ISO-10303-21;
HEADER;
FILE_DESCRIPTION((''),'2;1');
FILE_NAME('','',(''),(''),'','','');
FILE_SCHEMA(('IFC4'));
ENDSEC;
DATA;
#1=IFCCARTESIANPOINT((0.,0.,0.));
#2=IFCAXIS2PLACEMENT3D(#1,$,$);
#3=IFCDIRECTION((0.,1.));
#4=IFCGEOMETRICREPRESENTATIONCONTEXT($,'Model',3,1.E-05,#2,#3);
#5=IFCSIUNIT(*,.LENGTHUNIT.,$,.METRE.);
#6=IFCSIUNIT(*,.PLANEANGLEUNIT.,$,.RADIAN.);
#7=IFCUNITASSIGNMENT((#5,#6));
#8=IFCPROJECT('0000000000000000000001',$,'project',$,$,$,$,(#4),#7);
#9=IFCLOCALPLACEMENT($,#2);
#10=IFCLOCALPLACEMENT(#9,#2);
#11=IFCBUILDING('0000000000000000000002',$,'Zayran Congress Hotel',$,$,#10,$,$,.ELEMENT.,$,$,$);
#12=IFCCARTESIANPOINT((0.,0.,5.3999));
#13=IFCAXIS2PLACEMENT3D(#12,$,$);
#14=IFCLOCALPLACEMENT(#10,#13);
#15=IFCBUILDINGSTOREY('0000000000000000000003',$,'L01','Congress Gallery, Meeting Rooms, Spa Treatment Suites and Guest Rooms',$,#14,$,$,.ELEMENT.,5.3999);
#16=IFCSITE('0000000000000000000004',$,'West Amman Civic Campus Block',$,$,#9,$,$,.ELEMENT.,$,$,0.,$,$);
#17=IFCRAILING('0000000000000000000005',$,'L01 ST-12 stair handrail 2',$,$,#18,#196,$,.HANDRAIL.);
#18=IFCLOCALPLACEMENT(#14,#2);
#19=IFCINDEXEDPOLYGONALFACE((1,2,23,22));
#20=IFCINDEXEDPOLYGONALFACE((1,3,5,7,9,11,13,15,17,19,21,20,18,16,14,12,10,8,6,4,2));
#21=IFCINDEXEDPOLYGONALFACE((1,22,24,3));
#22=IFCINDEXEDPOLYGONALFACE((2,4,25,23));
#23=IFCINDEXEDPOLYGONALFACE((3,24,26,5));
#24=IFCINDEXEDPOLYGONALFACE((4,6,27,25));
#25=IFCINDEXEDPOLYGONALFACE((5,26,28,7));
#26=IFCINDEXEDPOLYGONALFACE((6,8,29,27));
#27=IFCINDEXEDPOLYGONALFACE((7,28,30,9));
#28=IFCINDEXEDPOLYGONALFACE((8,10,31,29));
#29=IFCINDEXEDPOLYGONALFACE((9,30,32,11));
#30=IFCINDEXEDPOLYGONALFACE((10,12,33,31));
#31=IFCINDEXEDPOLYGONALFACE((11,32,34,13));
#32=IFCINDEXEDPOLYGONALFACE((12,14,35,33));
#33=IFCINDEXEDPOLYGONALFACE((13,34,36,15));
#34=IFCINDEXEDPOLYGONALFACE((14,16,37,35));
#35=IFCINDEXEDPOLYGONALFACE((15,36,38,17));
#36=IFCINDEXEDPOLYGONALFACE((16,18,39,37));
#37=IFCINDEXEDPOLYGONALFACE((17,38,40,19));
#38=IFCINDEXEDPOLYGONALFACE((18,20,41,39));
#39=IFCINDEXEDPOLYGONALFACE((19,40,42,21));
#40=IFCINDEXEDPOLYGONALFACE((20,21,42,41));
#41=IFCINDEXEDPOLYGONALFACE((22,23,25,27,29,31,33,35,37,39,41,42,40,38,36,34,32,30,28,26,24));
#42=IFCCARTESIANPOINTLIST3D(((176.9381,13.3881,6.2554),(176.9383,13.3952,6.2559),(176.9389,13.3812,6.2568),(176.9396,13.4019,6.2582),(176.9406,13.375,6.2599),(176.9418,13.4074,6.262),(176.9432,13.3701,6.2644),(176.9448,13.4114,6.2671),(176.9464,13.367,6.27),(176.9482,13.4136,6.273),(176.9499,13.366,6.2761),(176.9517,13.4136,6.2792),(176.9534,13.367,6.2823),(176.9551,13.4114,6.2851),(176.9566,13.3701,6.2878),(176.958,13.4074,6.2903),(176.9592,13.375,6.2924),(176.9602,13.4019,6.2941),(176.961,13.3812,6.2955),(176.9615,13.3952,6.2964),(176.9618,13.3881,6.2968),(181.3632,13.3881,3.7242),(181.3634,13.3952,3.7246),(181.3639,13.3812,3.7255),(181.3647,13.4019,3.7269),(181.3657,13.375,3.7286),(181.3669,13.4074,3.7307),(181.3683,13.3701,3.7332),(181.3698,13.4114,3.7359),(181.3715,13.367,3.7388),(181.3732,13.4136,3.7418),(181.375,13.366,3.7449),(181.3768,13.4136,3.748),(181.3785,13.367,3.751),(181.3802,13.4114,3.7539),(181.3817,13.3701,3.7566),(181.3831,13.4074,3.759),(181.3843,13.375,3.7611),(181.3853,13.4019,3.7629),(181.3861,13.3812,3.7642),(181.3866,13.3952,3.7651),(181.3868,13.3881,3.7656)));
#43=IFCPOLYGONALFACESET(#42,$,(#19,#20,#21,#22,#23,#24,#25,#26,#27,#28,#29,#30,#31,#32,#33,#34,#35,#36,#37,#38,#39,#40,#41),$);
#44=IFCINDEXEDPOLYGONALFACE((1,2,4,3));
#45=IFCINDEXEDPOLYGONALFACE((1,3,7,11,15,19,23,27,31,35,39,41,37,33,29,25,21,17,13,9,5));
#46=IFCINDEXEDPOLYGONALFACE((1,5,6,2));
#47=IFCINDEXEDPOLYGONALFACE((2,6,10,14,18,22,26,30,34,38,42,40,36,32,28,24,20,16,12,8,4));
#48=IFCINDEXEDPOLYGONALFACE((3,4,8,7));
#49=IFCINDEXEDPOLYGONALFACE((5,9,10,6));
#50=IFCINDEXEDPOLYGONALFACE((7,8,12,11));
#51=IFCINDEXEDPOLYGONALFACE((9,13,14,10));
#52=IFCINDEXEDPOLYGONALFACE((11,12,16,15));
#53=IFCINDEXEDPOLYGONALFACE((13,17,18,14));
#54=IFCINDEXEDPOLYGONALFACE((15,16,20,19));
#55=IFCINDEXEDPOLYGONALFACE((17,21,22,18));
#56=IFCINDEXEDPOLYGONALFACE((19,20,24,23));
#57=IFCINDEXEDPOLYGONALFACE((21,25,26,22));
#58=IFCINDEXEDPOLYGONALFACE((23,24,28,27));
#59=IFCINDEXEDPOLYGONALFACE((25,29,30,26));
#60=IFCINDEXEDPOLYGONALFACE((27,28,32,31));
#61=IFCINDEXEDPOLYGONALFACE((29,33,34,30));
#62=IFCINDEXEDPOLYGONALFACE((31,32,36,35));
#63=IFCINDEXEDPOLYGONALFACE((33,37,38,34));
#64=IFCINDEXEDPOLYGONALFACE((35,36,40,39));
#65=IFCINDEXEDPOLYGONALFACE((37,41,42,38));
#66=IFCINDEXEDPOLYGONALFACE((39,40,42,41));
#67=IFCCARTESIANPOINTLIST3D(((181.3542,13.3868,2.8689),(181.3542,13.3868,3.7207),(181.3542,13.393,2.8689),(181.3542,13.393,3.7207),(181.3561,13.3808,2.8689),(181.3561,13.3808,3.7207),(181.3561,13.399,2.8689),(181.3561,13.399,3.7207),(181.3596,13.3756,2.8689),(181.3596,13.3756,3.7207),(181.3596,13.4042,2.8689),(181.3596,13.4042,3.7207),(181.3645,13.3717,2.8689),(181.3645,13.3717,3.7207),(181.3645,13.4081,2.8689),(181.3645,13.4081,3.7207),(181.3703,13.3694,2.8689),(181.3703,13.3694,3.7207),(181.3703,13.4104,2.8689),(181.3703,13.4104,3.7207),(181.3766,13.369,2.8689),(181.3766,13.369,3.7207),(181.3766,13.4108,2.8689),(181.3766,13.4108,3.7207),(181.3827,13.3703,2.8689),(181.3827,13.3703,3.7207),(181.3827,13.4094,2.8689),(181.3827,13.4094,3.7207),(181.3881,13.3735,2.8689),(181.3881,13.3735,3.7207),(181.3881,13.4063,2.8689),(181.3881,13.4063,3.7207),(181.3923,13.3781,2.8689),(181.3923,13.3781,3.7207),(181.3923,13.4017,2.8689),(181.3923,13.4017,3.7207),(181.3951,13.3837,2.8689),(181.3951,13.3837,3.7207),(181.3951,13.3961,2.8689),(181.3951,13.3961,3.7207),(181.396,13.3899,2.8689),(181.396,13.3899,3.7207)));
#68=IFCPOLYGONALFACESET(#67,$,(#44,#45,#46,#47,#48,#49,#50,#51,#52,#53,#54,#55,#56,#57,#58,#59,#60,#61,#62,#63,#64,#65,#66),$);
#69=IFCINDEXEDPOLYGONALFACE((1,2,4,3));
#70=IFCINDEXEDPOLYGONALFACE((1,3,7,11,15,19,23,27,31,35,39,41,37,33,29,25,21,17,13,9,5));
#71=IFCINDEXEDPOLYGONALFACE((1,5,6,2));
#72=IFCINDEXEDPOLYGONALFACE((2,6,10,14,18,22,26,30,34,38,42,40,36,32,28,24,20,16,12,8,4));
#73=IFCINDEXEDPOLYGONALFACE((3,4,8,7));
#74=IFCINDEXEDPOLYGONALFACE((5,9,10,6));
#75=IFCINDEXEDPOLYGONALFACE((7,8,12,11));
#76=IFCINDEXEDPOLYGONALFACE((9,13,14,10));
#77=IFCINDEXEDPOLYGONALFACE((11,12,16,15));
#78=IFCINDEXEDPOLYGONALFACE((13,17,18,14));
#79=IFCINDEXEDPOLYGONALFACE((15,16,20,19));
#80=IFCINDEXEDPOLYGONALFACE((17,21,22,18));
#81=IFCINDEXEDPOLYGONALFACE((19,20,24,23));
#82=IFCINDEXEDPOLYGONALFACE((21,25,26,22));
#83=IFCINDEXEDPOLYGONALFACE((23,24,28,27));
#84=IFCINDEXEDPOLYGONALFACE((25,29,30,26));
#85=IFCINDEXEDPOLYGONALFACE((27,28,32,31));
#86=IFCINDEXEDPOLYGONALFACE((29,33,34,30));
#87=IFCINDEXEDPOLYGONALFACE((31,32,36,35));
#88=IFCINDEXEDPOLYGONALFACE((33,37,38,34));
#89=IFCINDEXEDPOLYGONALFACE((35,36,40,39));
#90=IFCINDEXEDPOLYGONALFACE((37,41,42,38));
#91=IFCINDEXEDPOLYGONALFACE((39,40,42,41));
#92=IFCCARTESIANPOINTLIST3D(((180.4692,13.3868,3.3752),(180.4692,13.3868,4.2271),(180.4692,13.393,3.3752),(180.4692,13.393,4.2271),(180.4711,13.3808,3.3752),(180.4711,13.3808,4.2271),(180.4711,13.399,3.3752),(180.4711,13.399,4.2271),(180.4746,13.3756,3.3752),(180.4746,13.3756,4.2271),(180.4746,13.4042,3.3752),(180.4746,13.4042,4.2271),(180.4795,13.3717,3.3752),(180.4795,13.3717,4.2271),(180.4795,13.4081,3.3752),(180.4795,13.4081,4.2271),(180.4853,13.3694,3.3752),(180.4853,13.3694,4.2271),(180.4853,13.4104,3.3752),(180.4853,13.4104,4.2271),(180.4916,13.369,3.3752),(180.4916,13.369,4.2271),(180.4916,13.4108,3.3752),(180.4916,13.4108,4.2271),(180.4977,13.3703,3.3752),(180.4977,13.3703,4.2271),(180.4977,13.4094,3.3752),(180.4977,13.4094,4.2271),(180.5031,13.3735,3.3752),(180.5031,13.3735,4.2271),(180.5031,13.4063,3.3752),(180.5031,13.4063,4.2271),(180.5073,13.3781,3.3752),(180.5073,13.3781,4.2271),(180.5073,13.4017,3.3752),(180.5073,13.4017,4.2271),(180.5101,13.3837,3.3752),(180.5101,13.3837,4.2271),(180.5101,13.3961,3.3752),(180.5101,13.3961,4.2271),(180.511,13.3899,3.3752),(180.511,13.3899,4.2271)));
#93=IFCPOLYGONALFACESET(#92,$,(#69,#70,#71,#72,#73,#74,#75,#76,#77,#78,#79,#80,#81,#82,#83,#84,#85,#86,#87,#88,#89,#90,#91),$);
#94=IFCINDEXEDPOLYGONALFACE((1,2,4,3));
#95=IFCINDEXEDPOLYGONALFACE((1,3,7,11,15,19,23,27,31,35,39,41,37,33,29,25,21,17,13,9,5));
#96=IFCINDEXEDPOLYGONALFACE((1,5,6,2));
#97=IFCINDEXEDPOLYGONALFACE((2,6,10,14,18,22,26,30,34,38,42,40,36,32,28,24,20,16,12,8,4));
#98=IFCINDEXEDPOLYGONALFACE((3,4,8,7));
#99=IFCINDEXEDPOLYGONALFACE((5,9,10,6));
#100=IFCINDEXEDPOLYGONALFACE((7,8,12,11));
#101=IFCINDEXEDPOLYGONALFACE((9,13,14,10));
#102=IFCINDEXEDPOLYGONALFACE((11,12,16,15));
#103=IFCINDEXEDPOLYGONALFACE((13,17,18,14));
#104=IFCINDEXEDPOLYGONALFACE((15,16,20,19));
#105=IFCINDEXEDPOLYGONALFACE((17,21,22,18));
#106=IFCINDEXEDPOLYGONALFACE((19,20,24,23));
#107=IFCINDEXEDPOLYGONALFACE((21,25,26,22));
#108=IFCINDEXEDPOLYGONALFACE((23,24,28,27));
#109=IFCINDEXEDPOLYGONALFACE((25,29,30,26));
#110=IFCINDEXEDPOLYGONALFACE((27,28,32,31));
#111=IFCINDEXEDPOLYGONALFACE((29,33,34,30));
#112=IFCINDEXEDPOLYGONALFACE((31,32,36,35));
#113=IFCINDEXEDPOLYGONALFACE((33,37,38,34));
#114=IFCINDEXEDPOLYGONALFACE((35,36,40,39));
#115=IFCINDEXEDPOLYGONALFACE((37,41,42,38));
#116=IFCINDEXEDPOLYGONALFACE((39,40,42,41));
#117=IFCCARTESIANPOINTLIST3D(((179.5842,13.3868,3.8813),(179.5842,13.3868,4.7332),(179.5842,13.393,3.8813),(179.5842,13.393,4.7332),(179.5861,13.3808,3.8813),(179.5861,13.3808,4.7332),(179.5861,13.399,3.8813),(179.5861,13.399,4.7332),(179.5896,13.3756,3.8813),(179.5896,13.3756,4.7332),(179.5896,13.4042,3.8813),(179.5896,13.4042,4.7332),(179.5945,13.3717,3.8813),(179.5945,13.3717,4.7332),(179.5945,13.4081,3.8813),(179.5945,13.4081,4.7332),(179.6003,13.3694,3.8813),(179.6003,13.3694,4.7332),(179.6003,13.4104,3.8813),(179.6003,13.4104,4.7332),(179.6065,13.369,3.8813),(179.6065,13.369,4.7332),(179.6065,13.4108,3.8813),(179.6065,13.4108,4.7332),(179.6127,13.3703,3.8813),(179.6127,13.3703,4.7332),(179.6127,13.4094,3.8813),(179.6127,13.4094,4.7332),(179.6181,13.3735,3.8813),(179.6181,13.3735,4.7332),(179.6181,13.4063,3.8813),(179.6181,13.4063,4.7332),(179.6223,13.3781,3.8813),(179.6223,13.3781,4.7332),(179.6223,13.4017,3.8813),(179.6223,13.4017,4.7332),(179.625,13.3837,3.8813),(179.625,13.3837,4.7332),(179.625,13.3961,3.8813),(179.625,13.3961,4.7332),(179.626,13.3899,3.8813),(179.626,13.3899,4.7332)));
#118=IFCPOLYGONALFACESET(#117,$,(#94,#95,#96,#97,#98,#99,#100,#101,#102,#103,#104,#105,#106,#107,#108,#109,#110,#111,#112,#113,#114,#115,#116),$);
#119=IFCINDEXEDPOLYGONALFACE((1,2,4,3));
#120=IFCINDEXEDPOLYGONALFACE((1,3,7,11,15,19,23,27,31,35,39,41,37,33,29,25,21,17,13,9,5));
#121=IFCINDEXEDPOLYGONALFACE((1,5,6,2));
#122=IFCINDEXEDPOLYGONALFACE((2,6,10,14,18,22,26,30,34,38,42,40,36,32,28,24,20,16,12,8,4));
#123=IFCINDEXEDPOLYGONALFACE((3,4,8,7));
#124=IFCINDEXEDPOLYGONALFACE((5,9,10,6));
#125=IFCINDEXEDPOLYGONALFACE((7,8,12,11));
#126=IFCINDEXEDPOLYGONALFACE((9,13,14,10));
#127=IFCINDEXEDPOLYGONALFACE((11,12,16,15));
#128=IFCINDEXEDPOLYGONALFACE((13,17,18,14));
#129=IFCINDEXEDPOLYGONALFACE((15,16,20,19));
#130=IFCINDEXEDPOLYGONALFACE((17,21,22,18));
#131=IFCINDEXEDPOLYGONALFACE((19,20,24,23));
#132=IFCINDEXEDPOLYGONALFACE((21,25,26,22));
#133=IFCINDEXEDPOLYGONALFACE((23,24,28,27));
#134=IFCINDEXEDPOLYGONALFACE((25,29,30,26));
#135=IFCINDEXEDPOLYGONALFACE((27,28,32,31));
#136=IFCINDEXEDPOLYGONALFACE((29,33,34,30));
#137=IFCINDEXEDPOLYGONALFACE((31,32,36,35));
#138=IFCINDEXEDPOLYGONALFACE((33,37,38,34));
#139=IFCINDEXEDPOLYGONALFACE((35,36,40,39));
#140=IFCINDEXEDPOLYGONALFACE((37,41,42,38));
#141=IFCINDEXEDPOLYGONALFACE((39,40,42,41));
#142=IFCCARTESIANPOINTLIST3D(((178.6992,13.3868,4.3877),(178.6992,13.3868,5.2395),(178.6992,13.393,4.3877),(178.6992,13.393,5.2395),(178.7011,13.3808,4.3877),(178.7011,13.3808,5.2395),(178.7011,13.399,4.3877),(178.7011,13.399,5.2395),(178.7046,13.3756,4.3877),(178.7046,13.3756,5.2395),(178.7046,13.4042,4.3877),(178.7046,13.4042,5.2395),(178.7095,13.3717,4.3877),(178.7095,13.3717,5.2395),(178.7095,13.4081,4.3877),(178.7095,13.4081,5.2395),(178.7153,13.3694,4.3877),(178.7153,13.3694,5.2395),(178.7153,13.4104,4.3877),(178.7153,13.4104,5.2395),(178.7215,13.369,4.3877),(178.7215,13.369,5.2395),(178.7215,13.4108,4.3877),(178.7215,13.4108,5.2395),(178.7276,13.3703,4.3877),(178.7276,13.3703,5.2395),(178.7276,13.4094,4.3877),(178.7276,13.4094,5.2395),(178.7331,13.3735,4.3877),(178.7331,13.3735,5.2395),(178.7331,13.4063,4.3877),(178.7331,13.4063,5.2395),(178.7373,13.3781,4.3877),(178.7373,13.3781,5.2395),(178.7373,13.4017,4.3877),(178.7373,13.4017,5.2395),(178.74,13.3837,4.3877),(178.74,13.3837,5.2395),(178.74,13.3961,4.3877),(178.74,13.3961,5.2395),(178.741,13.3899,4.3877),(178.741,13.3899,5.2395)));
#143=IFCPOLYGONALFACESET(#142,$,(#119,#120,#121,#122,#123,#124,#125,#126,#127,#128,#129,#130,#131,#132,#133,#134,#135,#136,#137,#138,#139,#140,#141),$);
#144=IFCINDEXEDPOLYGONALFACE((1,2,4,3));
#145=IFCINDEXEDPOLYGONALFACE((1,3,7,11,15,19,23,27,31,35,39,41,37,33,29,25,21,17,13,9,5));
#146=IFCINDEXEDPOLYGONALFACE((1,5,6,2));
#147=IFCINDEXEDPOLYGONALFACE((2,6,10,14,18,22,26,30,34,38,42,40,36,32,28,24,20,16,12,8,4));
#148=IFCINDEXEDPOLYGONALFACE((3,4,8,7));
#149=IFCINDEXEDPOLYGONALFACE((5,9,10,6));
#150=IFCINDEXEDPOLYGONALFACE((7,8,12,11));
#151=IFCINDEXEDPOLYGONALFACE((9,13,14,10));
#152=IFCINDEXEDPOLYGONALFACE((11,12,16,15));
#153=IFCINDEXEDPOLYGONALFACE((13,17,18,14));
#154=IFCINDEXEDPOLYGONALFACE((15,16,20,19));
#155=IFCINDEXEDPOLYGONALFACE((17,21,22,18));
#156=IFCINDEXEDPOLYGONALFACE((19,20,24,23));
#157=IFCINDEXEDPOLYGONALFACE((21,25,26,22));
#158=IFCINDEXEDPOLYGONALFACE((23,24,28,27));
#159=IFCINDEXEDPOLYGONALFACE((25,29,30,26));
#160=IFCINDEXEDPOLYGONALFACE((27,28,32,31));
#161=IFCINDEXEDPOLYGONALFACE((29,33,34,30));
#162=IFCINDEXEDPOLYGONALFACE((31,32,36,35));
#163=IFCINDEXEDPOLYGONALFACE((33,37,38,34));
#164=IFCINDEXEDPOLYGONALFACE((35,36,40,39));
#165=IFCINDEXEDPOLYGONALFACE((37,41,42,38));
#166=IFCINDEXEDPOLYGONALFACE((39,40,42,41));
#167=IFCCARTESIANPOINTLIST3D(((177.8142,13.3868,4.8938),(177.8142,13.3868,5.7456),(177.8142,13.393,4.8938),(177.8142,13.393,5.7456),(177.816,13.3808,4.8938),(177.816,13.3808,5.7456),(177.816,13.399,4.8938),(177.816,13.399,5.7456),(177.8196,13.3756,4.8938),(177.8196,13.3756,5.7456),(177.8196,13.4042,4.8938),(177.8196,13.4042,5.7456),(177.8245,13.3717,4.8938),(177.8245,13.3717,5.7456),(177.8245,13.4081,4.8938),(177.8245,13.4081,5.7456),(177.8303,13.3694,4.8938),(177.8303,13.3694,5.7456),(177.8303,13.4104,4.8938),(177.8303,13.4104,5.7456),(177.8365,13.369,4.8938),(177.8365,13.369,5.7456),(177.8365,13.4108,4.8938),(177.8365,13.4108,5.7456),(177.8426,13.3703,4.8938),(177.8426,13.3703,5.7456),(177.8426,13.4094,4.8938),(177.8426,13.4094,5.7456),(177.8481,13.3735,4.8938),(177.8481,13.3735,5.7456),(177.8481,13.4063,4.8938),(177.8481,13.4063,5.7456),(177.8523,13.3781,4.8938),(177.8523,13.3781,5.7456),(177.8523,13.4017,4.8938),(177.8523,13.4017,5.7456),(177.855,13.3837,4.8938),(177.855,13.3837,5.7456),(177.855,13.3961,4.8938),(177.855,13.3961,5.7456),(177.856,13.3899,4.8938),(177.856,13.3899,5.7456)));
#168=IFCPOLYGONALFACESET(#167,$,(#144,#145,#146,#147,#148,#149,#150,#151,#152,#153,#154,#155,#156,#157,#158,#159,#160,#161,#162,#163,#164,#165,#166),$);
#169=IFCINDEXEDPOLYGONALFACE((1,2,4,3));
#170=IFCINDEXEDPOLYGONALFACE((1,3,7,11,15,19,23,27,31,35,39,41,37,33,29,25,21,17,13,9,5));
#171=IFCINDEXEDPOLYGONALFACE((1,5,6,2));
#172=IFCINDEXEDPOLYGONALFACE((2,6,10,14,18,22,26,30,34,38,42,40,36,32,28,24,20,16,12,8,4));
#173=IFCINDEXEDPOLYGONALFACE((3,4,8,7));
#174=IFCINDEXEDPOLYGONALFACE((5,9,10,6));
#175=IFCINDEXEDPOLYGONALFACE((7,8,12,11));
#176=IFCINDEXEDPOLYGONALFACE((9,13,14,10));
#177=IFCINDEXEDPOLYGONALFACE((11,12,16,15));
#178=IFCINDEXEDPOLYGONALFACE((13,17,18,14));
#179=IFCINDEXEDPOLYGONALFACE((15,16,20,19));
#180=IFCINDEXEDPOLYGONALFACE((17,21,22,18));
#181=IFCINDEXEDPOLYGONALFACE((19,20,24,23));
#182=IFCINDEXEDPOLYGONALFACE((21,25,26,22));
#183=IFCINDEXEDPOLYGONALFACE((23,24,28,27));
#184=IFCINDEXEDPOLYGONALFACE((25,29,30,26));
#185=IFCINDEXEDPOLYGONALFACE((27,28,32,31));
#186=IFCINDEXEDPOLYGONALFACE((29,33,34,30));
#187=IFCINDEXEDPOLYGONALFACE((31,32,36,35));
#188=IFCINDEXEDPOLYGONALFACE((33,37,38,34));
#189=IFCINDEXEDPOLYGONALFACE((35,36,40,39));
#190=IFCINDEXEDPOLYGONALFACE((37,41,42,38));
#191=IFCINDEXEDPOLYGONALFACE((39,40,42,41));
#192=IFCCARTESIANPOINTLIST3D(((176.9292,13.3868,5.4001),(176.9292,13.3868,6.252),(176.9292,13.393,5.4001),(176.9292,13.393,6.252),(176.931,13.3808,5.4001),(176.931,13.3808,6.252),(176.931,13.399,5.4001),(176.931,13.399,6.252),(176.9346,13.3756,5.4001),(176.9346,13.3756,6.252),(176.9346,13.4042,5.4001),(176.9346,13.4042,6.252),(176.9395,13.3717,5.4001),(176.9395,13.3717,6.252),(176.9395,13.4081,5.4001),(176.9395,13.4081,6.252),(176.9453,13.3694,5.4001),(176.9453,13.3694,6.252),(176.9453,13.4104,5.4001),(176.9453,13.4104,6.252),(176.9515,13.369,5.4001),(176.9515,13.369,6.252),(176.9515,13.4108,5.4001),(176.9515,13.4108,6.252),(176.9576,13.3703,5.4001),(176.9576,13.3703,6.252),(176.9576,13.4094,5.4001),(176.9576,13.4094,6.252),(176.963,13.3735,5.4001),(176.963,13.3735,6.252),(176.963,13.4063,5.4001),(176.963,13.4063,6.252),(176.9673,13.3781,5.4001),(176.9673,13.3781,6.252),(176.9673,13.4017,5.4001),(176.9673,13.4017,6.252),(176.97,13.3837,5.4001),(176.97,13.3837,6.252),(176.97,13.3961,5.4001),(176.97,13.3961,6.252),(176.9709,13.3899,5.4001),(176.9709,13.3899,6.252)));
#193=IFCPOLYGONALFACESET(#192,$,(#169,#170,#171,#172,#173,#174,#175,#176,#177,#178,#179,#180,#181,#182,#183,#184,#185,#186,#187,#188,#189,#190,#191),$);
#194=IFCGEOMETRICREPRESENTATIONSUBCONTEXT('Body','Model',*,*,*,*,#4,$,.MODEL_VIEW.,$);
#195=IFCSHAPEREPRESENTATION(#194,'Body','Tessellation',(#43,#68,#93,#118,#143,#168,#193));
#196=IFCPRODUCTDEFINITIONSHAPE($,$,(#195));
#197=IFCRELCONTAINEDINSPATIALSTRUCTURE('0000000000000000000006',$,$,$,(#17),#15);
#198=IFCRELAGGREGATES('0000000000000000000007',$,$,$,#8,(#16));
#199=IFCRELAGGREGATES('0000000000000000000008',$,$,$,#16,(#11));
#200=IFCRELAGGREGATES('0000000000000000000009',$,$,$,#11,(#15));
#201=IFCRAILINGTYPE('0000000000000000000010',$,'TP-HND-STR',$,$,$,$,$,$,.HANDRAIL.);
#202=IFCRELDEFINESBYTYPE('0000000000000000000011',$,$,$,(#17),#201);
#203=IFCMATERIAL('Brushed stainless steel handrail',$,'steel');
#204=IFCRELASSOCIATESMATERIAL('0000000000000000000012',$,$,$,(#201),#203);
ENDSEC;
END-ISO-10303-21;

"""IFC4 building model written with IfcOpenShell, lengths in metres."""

from ifc_helpers import new_model, si_unit, direction, frame, origin, origin_2d, place, context, subcontext, project, spatial, circle, extrude, material, type_object, element, save


model = new_model("IFC4")

# Units and contexts
model_context = context("Model", 3, precision=1e-05, world=origin(), true_north=direction((0.0, 1.0)))
body_context = subcontext(model_context, "Body", "Model", "MODEL_VIEW")
ifc_project = project(units=[si_unit("LENGTHUNIT", "METRE"), si_unit("PLANEANGLEUNIT", "RADIAN")], contexts=[model_context])

# Site, building, storey
site_placement = place(None, origin())
site = spatial("IfcSite", under=ifc_project, at=site_placement, Name="West Amman Civic Campus Block", CompositionType="ELEMENT", RefElevation=0.0)
building_placement = place(site_placement, origin())
building = spatial("IfcBuilding", under=site, at=building_placement, Name="Zayran Congress Hotel", CompositionType="ELEMENT")
storey_placement = place(building_placement, frame((0.0, 0.0, 5.3999)))
storey = spatial("IfcBuildingStorey", under=building, at=storey_placement, Name="L01", Description="Congress Gallery, Meeting Rooms, Spa Treatment Suites and Guest Rooms", CompositionType="ELEMENT", Elevation=5.3999)

# Railing
ifc_material_1 = material(Name="Brushed stainless steel handrail", Category="steel")
railing_type_1 = type_object("IfcRailingType", Name="TP-HND-STR", PredefinedType="HANDRAIL", material=ifc_material_1)
railing_1_placement = place(storey_placement, frame((181.375, 13.3899, 2.8689)))
element("IfcRailing", 1, at=railing_1_placement, inside=storey, type_object=railing_type_1, Name="L01 ST-12 stair handrail 2", PredefinedType="HANDRAIL", context=body_context, shape_type="SweptSolid", body=[
    extrude(circle(Radius=0.0239, at=origin_2d()), frame((0.0, 0.0, 0.876), z_axis=(-0.868019, 0.0, 0.496531), x_axis=(0.0, -1.0, 0.0)), (0.0, 0.0, 1.0), 5.0979),
    extrude(circle(Radius=0.021, at=origin_2d()), origin(), (0.0, 0.0, 1.0), 0.8518),
    extrude(circle(Radius=0.021, at=origin_2d()), frame((-0.885, 0.0, 0.5063)), (0.0, 0.0, 1.0), 0.8518),
    extrude(circle(Radius=0.021, at=origin_2d()), frame((-1.77, 0.0, 1.0125)), (0.0, 0.0, 1.0), 0.8518),
    extrude(circle(Radius=0.021, at=origin_2d()), frame((-2.655, 0.0, 1.5188)), (0.0, 0.0, 1.0), 0.8518),
    extrude(circle(Radius=0.021, at=origin_2d()), frame((-3.54, 0.0, 2.0249)), (0.0, 0.0, 1.0), 0.8518),
    extrude(circle(Radius=0.021, at=origin_2d()), frame((-4.425, 0.0, 2.5312)), (0.0, 0.0, 1.0), 0.8518),
])

save(model, "model.ifc")
